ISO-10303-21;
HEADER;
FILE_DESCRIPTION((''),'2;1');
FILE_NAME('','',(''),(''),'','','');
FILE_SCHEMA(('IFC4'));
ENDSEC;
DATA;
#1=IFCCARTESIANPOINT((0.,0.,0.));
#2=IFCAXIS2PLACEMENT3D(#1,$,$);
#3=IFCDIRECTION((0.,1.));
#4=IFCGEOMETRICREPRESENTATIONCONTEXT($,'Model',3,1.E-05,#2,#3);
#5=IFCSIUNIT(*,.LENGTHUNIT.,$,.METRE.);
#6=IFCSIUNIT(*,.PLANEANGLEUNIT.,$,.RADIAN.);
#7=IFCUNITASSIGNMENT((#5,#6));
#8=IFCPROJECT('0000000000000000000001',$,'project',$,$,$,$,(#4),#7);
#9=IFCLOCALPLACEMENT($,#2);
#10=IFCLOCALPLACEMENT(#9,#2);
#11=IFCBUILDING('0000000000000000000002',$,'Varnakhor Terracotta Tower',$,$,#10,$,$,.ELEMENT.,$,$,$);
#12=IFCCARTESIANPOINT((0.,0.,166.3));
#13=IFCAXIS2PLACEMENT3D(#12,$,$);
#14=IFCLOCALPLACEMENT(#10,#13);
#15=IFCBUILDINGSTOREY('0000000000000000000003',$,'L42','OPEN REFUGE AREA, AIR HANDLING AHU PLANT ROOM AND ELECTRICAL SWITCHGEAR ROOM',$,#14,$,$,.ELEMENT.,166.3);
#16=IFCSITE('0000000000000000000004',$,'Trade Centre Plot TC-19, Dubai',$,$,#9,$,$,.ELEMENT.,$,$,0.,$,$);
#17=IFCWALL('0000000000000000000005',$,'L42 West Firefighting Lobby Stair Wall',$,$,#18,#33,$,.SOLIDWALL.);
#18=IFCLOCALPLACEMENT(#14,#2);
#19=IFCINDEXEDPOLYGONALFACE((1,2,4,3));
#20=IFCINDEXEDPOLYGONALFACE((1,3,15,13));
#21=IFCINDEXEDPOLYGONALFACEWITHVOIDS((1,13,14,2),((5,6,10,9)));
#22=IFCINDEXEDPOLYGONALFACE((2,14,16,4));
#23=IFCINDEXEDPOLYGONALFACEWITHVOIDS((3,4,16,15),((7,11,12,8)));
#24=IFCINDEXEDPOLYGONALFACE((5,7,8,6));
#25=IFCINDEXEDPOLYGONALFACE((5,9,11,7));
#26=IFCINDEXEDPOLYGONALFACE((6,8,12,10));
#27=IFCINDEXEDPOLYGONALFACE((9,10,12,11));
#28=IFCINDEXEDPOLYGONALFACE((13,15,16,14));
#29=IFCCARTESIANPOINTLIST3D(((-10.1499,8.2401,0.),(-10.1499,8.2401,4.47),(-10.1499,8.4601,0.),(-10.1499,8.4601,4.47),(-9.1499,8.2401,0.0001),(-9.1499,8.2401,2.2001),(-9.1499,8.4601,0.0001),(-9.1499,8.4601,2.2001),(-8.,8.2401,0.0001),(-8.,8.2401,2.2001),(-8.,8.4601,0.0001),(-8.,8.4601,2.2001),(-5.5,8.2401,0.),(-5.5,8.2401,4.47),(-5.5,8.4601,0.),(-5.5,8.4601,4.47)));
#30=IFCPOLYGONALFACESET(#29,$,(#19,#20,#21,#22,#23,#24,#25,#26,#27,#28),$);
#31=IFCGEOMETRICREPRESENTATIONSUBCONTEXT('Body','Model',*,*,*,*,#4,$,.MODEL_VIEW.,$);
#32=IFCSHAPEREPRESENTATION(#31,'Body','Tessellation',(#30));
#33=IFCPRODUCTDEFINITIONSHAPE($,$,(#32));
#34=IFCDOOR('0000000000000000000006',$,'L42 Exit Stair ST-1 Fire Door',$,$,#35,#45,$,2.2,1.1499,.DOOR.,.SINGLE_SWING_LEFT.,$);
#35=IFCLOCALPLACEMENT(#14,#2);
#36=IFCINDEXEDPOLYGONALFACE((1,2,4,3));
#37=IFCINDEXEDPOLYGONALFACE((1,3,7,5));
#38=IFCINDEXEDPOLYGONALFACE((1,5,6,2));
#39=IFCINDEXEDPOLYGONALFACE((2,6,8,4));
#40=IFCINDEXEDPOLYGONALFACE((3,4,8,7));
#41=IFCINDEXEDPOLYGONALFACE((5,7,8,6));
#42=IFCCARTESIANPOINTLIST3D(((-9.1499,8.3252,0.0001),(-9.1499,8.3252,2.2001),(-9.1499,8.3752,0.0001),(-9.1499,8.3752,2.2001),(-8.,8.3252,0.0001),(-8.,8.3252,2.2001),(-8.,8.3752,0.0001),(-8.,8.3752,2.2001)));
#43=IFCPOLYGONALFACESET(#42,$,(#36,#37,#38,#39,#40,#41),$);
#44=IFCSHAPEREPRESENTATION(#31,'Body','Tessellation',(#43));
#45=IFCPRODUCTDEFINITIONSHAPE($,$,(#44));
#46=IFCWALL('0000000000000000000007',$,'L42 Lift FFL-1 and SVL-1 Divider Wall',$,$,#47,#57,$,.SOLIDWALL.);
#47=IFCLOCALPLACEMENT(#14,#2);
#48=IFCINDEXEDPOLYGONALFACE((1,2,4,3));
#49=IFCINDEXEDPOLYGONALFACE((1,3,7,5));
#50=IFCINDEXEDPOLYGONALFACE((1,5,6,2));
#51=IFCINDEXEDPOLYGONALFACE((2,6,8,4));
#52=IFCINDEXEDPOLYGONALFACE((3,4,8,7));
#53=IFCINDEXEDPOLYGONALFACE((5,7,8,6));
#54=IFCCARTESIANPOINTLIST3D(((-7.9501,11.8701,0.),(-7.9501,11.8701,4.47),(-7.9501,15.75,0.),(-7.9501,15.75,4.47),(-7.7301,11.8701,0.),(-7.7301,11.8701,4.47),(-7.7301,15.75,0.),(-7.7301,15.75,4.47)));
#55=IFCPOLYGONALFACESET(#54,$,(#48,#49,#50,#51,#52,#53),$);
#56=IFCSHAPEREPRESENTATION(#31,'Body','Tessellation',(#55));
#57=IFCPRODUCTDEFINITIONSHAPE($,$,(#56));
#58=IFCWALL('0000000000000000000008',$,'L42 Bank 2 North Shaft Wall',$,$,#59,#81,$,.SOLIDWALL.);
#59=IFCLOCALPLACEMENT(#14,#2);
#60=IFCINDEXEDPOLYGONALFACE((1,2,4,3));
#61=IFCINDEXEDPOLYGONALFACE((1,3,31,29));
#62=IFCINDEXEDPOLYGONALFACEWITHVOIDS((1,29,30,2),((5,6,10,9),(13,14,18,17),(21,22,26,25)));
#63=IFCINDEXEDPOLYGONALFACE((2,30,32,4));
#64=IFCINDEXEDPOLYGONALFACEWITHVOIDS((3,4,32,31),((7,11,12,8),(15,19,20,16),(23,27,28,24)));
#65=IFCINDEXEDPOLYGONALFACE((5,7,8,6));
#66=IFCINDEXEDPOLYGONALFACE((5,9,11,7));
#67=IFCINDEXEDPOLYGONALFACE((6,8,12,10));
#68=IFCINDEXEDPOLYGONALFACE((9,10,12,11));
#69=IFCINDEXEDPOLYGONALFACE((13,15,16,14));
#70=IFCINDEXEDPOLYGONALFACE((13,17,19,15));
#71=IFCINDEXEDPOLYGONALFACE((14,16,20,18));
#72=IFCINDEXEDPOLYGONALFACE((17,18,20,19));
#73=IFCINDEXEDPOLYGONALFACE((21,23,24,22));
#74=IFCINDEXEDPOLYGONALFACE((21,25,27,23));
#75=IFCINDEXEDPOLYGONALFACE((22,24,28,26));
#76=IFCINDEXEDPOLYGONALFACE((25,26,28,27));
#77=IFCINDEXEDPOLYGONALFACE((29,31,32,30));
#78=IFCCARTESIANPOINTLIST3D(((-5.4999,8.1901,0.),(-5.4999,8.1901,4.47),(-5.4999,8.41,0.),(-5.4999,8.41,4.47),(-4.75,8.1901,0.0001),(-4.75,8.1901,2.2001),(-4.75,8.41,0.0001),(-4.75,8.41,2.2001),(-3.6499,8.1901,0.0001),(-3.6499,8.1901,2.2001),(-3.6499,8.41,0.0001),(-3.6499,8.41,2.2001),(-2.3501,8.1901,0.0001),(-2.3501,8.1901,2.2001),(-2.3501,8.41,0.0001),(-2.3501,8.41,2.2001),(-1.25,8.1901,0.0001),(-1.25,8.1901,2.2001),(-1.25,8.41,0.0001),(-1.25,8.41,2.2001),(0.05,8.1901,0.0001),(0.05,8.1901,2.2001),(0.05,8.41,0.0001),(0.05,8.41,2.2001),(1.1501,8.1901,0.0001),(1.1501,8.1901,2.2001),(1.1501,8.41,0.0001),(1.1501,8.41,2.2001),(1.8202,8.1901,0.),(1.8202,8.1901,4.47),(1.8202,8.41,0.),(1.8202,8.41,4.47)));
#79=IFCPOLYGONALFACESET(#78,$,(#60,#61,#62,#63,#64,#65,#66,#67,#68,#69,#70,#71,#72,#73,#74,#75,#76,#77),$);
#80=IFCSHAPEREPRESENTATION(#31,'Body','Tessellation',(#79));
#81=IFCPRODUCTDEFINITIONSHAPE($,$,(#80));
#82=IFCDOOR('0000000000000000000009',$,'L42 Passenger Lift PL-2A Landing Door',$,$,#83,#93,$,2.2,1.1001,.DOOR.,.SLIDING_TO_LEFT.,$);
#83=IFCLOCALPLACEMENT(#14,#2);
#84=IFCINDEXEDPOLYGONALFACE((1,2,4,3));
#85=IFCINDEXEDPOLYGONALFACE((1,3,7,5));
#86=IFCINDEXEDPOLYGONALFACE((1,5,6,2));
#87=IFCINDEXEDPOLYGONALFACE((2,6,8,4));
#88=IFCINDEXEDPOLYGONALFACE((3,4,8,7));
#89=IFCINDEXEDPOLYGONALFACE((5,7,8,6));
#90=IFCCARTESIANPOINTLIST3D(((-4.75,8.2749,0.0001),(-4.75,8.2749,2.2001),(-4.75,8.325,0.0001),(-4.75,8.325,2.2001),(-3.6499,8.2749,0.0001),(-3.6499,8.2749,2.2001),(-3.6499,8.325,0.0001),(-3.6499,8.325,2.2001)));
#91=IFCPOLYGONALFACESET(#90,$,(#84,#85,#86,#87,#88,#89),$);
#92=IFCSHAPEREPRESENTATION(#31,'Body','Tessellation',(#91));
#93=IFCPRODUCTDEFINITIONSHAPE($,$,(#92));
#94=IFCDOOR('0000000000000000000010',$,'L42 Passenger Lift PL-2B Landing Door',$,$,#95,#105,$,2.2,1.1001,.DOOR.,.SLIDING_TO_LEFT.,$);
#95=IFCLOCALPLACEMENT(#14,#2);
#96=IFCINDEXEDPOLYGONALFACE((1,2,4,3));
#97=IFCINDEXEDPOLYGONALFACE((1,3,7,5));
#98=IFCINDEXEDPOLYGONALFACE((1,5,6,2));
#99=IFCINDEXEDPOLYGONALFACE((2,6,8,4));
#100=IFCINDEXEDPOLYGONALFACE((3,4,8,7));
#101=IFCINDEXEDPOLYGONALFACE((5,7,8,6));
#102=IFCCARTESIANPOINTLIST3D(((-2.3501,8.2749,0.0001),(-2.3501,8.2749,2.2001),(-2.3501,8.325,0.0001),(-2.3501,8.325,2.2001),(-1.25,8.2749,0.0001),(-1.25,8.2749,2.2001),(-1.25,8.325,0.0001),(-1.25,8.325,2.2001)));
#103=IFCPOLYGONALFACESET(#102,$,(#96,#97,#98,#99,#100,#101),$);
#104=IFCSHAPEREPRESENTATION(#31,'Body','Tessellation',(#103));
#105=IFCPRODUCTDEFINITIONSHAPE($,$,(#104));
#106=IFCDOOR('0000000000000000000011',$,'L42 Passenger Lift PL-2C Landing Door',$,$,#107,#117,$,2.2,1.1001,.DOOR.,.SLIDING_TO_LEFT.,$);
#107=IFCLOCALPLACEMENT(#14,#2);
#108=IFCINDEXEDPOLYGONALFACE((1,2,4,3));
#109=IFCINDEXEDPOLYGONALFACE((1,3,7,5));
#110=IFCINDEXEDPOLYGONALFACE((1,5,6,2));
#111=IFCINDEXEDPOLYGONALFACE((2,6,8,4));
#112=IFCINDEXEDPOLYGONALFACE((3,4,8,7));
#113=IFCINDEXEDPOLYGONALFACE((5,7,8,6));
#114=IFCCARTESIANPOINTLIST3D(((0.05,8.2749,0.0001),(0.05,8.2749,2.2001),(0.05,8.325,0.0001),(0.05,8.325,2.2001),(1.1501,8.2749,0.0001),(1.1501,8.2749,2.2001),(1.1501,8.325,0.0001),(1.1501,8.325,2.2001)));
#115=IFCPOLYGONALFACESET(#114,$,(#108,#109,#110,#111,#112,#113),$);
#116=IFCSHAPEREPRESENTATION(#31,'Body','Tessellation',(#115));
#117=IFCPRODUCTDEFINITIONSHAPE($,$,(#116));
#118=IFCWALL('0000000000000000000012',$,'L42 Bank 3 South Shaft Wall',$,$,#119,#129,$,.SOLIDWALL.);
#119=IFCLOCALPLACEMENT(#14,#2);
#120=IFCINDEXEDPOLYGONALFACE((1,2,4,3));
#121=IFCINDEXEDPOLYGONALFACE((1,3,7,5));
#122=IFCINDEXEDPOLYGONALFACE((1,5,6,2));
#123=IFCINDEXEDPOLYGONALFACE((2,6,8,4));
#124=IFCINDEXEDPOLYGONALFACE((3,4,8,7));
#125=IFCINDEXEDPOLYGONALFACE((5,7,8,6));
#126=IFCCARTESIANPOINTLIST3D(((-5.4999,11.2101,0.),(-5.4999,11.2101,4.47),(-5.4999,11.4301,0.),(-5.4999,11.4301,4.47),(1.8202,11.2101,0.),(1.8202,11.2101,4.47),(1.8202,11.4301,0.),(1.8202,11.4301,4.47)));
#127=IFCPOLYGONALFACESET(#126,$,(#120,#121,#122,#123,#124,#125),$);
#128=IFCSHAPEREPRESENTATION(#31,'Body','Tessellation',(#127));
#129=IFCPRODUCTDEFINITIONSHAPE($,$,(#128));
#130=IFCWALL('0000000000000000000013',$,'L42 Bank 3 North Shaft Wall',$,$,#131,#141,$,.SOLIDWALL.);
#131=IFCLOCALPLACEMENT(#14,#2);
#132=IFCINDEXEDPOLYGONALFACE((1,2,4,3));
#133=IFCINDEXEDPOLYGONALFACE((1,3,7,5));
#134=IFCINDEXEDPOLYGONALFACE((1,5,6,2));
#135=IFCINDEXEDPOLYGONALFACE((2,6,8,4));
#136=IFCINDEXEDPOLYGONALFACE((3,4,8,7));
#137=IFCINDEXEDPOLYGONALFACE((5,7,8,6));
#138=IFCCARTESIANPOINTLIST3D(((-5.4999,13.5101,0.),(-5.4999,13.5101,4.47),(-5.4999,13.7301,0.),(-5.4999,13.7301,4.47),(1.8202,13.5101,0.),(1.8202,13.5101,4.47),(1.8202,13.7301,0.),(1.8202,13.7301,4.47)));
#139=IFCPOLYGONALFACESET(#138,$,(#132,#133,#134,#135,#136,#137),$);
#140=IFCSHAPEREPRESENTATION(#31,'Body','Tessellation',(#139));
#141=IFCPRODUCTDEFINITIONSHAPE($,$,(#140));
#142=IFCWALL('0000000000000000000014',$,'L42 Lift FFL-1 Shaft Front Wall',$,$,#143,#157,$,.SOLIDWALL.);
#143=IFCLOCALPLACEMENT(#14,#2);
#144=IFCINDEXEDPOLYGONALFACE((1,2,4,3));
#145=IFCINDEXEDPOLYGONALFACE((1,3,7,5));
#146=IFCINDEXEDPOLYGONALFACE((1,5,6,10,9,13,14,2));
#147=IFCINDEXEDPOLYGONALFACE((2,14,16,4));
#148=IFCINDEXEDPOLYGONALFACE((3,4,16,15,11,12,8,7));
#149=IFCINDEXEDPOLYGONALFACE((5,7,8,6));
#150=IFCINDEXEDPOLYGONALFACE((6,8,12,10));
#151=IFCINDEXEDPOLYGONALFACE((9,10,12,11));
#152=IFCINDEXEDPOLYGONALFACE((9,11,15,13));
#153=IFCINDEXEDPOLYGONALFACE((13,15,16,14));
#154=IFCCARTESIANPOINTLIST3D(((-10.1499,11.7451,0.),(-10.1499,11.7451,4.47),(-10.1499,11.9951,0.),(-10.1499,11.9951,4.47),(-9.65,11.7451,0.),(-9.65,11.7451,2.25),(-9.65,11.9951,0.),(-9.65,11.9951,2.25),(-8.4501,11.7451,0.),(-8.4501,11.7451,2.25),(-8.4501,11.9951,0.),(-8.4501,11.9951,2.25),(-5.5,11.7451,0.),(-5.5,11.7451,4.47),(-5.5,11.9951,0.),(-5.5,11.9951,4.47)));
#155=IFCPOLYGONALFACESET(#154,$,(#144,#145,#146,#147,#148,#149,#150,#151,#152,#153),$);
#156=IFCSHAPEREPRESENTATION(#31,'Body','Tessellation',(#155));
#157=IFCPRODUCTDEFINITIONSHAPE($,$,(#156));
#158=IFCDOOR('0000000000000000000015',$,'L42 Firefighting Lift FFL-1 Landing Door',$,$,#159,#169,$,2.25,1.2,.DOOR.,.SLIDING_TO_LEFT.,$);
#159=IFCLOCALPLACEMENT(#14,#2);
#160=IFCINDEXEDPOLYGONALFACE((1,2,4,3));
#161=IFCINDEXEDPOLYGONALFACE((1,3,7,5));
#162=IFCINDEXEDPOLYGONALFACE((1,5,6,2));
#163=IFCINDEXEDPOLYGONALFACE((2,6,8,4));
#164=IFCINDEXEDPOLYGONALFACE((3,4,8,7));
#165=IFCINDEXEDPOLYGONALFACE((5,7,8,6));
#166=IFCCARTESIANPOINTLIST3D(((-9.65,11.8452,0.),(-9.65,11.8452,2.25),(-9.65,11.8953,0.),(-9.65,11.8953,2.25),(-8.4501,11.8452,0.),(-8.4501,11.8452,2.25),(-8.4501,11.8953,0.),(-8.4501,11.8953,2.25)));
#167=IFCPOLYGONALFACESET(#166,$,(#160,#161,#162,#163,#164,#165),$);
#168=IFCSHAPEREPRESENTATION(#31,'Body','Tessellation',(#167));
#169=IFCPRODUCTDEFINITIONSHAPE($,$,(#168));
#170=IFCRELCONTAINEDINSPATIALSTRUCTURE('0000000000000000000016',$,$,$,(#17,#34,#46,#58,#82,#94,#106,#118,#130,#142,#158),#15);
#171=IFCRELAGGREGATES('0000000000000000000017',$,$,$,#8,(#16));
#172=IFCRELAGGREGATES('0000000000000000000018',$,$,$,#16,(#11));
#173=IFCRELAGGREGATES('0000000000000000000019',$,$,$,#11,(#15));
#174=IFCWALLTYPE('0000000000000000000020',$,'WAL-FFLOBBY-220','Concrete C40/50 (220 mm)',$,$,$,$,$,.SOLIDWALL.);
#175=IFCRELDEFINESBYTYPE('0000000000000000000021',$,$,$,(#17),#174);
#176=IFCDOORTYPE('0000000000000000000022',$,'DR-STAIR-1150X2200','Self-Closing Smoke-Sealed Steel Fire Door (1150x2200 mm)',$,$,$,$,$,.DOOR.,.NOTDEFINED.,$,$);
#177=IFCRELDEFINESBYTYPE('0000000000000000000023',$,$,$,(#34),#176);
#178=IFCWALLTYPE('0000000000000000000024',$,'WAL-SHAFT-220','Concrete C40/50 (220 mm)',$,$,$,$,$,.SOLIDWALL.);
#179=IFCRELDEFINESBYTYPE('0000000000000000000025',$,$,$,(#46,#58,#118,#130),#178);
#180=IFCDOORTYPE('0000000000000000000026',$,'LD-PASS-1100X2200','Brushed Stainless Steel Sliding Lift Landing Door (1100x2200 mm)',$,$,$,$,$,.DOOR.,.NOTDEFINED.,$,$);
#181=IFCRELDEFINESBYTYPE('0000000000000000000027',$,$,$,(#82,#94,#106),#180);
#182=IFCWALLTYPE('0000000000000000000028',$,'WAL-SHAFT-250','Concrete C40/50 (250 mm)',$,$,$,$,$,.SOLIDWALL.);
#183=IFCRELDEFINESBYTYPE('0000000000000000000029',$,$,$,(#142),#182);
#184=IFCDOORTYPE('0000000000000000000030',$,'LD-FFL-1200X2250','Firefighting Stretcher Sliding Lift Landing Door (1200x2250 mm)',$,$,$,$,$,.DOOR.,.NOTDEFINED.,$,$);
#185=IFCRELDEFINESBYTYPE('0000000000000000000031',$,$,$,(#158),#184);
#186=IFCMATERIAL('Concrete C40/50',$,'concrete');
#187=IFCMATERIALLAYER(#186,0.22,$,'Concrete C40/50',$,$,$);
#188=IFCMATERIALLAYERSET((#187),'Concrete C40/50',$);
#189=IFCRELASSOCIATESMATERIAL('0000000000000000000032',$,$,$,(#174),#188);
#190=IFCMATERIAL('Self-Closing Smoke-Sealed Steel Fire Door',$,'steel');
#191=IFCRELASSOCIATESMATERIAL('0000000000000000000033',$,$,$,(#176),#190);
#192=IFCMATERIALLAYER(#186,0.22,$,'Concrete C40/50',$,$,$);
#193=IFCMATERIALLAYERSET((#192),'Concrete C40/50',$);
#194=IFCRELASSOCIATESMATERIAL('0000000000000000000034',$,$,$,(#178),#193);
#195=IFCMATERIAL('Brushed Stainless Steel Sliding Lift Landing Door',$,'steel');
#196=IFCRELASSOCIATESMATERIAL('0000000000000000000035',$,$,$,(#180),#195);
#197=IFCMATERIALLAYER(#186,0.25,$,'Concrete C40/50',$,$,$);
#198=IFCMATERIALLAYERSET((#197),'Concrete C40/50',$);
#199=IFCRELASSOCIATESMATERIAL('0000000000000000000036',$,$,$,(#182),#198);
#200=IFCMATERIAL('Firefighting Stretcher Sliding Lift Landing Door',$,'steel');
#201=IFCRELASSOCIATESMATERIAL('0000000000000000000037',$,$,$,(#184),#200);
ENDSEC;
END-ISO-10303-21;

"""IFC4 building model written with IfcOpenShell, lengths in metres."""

from ifc_helpers import new_model, si_unit, direction, frame, frame_2d, origin, place, context, subcontext, project, spatial, rectangle, extrude, source, transform, mapped, material, layer, layer_set, type_object, type_shapes, element, fill, save


model = new_model("IFC4")

# Units and contexts
model_context = context("Model", 3, precision=1e-05, world=origin(), true_north=direction((0.0, 1.0)))
body_context = subcontext(model_context, "Body", "Model", "MODEL_VIEW")
ifc_project = project(units=[si_unit("LENGTHUNIT", "METRE"), si_unit("PLANEANGLEUNIT", "RADIAN")], contexts=[model_context])

# Site, building, storey
site_placement = place(None, origin())
site = spatial("IfcSite", under=ifc_project, at=site_placement, Name="Trade Centre Plot TC-19, Dubai", CompositionType="ELEMENT", RefElevation=0.0)
building_placement = place(site_placement, origin())
building = spatial("IfcBuilding", under=site, at=building_placement, Name="Varnakhor Terracotta Tower", CompositionType="ELEMENT")
storey_placement = place(building_placement, frame((0.0, 0.0, 166.3)))
storey = spatial("IfcBuildingStorey", under=building, at=storey_placement, Name="L42", Description="OPEN REFUGE AREA, AIR HANDLING AHU PLANT ROOM AND ELECTRICAL SWITCHGEAR ROOM", CompositionType="ELEMENT", Elevation=166.3)

# Wall, opening, door
ifc_material_1 = material(Name="Concrete C40/50", Category="concrete")
ifc_layer_1 = layer(ifc_material_1, 0.22, Name="Concrete C40/50")
ifc_layer_set_1 = layer_set([ifc_layer_1], Name="Concrete C40/50")
wall_type_1 = type_object("IfcWallType", Name="WAL-FFLOBBY-220", Description="Concrete C40/50 (220 mm)", PredefinedType="SOLIDWALL", material=ifc_layer_set_1)
wall_1_placement = place(storey_placement, frame((-5.5, 8.3501, 0.0), z_axis=(0.0, 0.0, 1.0), x_axis=(-1.0, 0.0, 0.0)))
wall_1 = element("IfcWall", 1, at=wall_1_placement, inside=storey, type_object=wall_type_1, Name="L42 West Firefighting Lobby Stair Wall", PredefinedType="SOLIDWALL", context=body_context, shape_type="SweptSolid", body=[
    extrude(rectangle(XDim=4.6499, YDim=0.22, at=frame_2d((2.325, 0.0))), origin(), (0.0, 0.0, 1.0), 4.47),
])
opening_1_placement = place(wall_1_placement, frame((2.5, 0.0, 0.0)))
opening_1 = element("IfcOpeningElement", 2, at=opening_1_placement, cuts=wall_1, PredefinedType="OPENING", context=body_context, shape_type="SweptSolid", body=[
    extrude(rectangle(XDim=1.1499, YDim=2.2, at=frame_2d((0.575, 1.1001))), frame((0.0, 0.1201, 0.0), z_axis=(0.0, -1.0, 0.0), x_axis=(1.0, 0.0, 0.0)), (0.0, 0.0, 1.0), 0.24),
])
ifc_material_2 = material(Name="Self-Closing Smoke-Sealed Steel Fire Door", Category="steel")
door_type_1 = type_object("IfcDoorType", Name="DR-STAIR-1150X2200", Description="Self-Closing Smoke-Sealed Steel Fire Door (1150x2200 mm)", OperationType="NOTDEFINED", PredefinedType="DOOR", material=ifc_material_2)
shared_shape_1 = source(origin(), body_context, "Body", "SweptSolid", [
    extrude(rectangle(XDim=1.1499, YDim=2.2, at=frame_2d((0.575, 1.1001))), frame((0.0, 0.0249, 0.0), z_axis=(0.0, -1.0, 0.0), x_axis=(1.0, 0.0, 0.0)), (0.0, 0.0, 1.0), 0.05),
])
type_shapes(door_type_1, [shared_shape_1])
door_1_placement = place(opening_1_placement, origin())
door_1 = element("IfcDoor", 3, at=door_1_placement, inside=storey, type_object=door_type_1, Name="L42 Exit Stair ST-1 Fire Door", OperationType="SINGLE_SWING_LEFT", OverallHeight=2.2, OverallWidth=1.1499, PredefinedType="DOOR", context=body_context, shape_type="MappedRepresentation", body=[
    mapped(shared_shape_1, transform((0.0, 0.0, 0.0), scale=1.0)),
])
fill(opening_1, door_1)

# Wall
ifc_layer_2 = layer(ifc_material_1, 0.22, Name="Concrete C40/50")
ifc_layer_set_2 = layer_set([ifc_layer_2], Name="Concrete C40/50")
wall_type_2 = type_object("IfcWallType", Name="WAL-SHAFT-220", Description="Concrete C40/50 (220 mm)", PredefinedType="SOLIDWALL", material=ifc_layer_set_2)
wall_2_placement = place(storey_placement, frame((-7.8401, 11.8701, 0.0), z_axis=(0.0, 0.0, 1.0), x_axis=(0.0, 1.0, 0.0)))
element("IfcWall", 4, at=wall_2_placement, inside=storey, type_object=wall_type_2, Name="L42 Lift FFL-1 and SVL-1 Divider Wall", PredefinedType="SOLIDWALL", context=body_context, shape_type="SweptSolid", body=[
    extrude(rectangle(XDim=3.8799, YDim=0.22, at=frame_2d((1.9399, 0.0))), origin(), (0.0, 0.0, 1.0), 4.47),
])

# Wall, openings, doors
wall_3_placement = place(storey_placement, frame((-5.5, 8.3, 0.0), z_axis=(0.0, 0.0, 1.0), x_axis=(1.0, 0.0, 0.0)))
wall_3 = element("IfcWall", 5, at=wall_3_placement, inside=storey, type_object=wall_type_2, Name="L42 Bank 2 North Shaft Wall", PredefinedType="SOLIDWALL", context=body_context, shape_type="SweptSolid", body=[
    extrude(rectangle(XDim=7.3201, YDim=0.22, at=frame_2d((3.6602, 0.0))), origin(), (0.0, 0.0, 1.0), 4.47),
])
opening_2_placement = place(wall_3_placement, frame((0.75, 0.0, 0.0)))
opening_2 = element("IfcOpeningElement", 6, at=opening_2_placement, cuts=wall_3, PredefinedType="OPENING", context=body_context, shape_type="SweptSolid", body=[
    extrude(rectangle(XDim=1.1001, YDim=2.2, at=frame_2d((0.55, 1.1001))), frame((0.0, 0.1201, 0.0), z_axis=(0.0, -1.0, 0.0), x_axis=(1.0, 0.0, 0.0)), (0.0, 0.0, 1.0), 0.24),
])
opening_3_placement = place(wall_3_placement, frame((3.1499, 0.0, 0.0)))
opening_3 = element("IfcOpeningElement", 7, at=opening_3_placement, cuts=wall_3, PredefinedType="OPENING", context=body_context, shape_type="SweptSolid", body=[
    extrude(rectangle(XDim=1.1001, YDim=2.2, at=frame_2d((0.55, 1.1001))), frame((0.0, 0.1201, 0.0), z_axis=(0.0, -1.0, 0.0), x_axis=(1.0, 0.0, 0.0)), (0.0, 0.0, 1.0), 0.24),
])
opening_4_placement = place(wall_3_placement, frame((5.55, 0.0, 0.0)))
opening_4 = element("IfcOpeningElement", 8, at=opening_4_placement, cuts=wall_3, PredefinedType="OPENING", context=body_context, shape_type="SweptSolid", body=[
    extrude(rectangle(XDim=1.1001, YDim=2.2, at=frame_2d((0.55, 1.1001))), frame((0.0, 0.1201, 0.0), z_axis=(0.0, -1.0, 0.0), x_axis=(1.0, 0.0, 0.0)), (0.0, 0.0, 1.0), 0.24),
])
ifc_material_3 = material(Name="Brushed Stainless Steel Sliding Lift Landing Door", Category="steel")
door_type_2 = type_object("IfcDoorType", Name="LD-PASS-1100X2200", Description="Brushed Stainless Steel Sliding Lift Landing Door (1100x2200 mm)", OperationType="NOTDEFINED", PredefinedType="DOOR", material=ifc_material_3)
shared_shape_2 = source(origin(), body_context, "Body", "SweptSolid", [
    extrude(rectangle(XDim=1.1001, YDim=2.2, at=frame_2d((0.55, 1.1001))), frame((0.0, 0.0249, 0.0), z_axis=(0.0, -1.0, 0.0), x_axis=(1.0, 0.0, 0.0)), (0.0, 0.0, 1.0), 0.05),
])
type_shapes(door_type_2, [shared_shape_2])
door_2_placement = place(opening_2_placement, origin())
door_2 = element("IfcDoor", 9, at=door_2_placement, inside=storey, type_object=door_type_2, Name="L42 Passenger Lift PL-2A Landing Door", OperationType="SLIDING_TO_LEFT", OverallHeight=2.2, OverallWidth=1.1001, PredefinedType="DOOR", context=body_context, shape_type="MappedRepresentation", body=[
    mapped(shared_shape_2, transform((0.0, 0.0, 0.0), scale=1.0)),
])
fill(opening_2, door_2)
door_3_placement = place(opening_3_placement, origin())
door_3 = element("IfcDoor", 10, at=door_3_placement, inside=storey, type_object=door_type_2, Name="L42 Passenger Lift PL-2B Landing Door", OperationType="SLIDING_TO_LEFT", OverallHeight=2.2, OverallWidth=1.1001, PredefinedType="DOOR", context=body_context, shape_type="MappedRepresentation", body=[
    mapped(shared_shape_2, transform((0.0, 0.0, 0.0), scale=1.0)),
])
fill(opening_3, door_3)
door_4_placement = place(opening_4_placement, origin())
door_4 = element("IfcDoor", 11, at=door_4_placement, inside=storey, type_object=door_type_2, Name="L42 Passenger Lift PL-2C Landing Door", OperationType="SLIDING_TO_LEFT", OverallHeight=2.2, OverallWidth=1.1001, PredefinedType="DOOR", context=body_context, shape_type="MappedRepresentation", body=[
    mapped(shared_shape_2, transform((0.0, 0.0, 0.0), scale=1.0)),
])
fill(opening_4, door_4)

# Walls
for number, where, z_axis, x_axis, name in (
    (12, (-5.5, 11.3201, 0.0), (0.0, 0.0, 1.0), (1.0, 0.0, 0.0), "L42 Bank 3 South Shaft Wall"),
    (13, (-5.5, 13.6201, 0.0), (0.0, 0.0, 1.0), (1.0, 0.0, 0.0), "L42 Bank 3 North Shaft Wall"),
):
    element("IfcWall", number, at=place(storey_placement, frame(where, z_axis=z_axis, x_axis=x_axis)), inside=storey, type_object=wall_type_2, Name=name, PredefinedType="SOLIDWALL", context=body_context, shape_type="SweptSolid", body=[
        extrude(rectangle(XDim=7.3201, YDim=0.22, at=frame_2d((3.6602, 0.0))), origin(), (0.0, 0.0, 1.0), 4.47),
    ])

# Wall, opening, door
ifc_layer_3 = layer(ifc_material_1, 0.25, Name="Concrete C40/50")
ifc_layer_set_3 = layer_set([ifc_layer_3], Name="Concrete C40/50")
wall_type_3 = type_object("IfcWallType", Name="WAL-SHAFT-250", Description="Concrete C40/50 (250 mm)", PredefinedType="SOLIDWALL", material=ifc_layer_set_3)
wall_4_placement = place(storey_placement, frame((-5.5, 11.8701, 0.0), z_axis=(0.0, 0.0, 1.0), x_axis=(-1.0, 0.0, 0.0)))
wall_4 = element("IfcWall", 14, at=wall_4_placement, inside=storey, type_object=wall_type_3, Name="L42 Lift FFL-1 Shaft Front Wall", PredefinedType="SOLIDWALL", context=body_context, shape_type="SweptSolid", body=[
    extrude(rectangle(XDim=4.6499, YDim=0.25, at=frame_2d((2.325, 0.0))), origin(), (0.0, 0.0, 1.0), 4.47),
])
opening_5_placement = place(wall_4_placement, frame((2.95, 0.0, 0.0)))
opening_5 = element("IfcOpeningElement", 15, at=opening_5_placement, cuts=wall_4, PredefinedType="OPENING", context=body_context, shape_type="SweptSolid", body=[
    extrude(rectangle(XDim=1.2, YDim=2.25, at=frame_2d((0.6001, 1.125))), frame((0.0, 0.135, 0.0), z_axis=(0.0, -1.0, 0.0), x_axis=(1.0, 0.0, 0.0)), (0.0, 0.0, 1.0), 0.27),
])
ifc_material_4 = material(Name="Firefighting Stretcher Sliding Lift Landing Door", Category="steel")
door_type_3 = type_object("IfcDoorType", Name="LD-FFL-1200X2250", Description="Firefighting Stretcher Sliding Lift Landing Door (1200x2250 mm)", OperationType="NOTDEFINED", PredefinedType="DOOR", material=ifc_material_4)
shared_shape_3 = source(origin(), body_context, "Body", "SweptSolid", [
    extrude(rectangle(XDim=1.2, YDim=2.25, at=frame_2d((0.6001, 1.125))), frame((0.0, 0.0249, 0.0), z_axis=(0.0, -1.0, 0.0), x_axis=(1.0, 0.0, 0.0)), (0.0, 0.0, 1.0), 0.05),
])
type_shapes(door_type_3, [shared_shape_3])
door_5_placement = place(opening_5_placement, origin())
door_5 = element("IfcDoor", 16, at=door_5_placement, inside=storey, type_object=door_type_3, Name="L42 Firefighting Lift FFL-1 Landing Door", OperationType="SLIDING_TO_LEFT", OverallHeight=2.25, OverallWidth=1.2, PredefinedType="DOOR", context=body_context, shape_type="MappedRepresentation", body=[
    mapped(shared_shape_3, transform((0.0, 0.0, 0.0), scale=1.0)),
])
fill(opening_5, door_5)

save(model, "model.ifc")
